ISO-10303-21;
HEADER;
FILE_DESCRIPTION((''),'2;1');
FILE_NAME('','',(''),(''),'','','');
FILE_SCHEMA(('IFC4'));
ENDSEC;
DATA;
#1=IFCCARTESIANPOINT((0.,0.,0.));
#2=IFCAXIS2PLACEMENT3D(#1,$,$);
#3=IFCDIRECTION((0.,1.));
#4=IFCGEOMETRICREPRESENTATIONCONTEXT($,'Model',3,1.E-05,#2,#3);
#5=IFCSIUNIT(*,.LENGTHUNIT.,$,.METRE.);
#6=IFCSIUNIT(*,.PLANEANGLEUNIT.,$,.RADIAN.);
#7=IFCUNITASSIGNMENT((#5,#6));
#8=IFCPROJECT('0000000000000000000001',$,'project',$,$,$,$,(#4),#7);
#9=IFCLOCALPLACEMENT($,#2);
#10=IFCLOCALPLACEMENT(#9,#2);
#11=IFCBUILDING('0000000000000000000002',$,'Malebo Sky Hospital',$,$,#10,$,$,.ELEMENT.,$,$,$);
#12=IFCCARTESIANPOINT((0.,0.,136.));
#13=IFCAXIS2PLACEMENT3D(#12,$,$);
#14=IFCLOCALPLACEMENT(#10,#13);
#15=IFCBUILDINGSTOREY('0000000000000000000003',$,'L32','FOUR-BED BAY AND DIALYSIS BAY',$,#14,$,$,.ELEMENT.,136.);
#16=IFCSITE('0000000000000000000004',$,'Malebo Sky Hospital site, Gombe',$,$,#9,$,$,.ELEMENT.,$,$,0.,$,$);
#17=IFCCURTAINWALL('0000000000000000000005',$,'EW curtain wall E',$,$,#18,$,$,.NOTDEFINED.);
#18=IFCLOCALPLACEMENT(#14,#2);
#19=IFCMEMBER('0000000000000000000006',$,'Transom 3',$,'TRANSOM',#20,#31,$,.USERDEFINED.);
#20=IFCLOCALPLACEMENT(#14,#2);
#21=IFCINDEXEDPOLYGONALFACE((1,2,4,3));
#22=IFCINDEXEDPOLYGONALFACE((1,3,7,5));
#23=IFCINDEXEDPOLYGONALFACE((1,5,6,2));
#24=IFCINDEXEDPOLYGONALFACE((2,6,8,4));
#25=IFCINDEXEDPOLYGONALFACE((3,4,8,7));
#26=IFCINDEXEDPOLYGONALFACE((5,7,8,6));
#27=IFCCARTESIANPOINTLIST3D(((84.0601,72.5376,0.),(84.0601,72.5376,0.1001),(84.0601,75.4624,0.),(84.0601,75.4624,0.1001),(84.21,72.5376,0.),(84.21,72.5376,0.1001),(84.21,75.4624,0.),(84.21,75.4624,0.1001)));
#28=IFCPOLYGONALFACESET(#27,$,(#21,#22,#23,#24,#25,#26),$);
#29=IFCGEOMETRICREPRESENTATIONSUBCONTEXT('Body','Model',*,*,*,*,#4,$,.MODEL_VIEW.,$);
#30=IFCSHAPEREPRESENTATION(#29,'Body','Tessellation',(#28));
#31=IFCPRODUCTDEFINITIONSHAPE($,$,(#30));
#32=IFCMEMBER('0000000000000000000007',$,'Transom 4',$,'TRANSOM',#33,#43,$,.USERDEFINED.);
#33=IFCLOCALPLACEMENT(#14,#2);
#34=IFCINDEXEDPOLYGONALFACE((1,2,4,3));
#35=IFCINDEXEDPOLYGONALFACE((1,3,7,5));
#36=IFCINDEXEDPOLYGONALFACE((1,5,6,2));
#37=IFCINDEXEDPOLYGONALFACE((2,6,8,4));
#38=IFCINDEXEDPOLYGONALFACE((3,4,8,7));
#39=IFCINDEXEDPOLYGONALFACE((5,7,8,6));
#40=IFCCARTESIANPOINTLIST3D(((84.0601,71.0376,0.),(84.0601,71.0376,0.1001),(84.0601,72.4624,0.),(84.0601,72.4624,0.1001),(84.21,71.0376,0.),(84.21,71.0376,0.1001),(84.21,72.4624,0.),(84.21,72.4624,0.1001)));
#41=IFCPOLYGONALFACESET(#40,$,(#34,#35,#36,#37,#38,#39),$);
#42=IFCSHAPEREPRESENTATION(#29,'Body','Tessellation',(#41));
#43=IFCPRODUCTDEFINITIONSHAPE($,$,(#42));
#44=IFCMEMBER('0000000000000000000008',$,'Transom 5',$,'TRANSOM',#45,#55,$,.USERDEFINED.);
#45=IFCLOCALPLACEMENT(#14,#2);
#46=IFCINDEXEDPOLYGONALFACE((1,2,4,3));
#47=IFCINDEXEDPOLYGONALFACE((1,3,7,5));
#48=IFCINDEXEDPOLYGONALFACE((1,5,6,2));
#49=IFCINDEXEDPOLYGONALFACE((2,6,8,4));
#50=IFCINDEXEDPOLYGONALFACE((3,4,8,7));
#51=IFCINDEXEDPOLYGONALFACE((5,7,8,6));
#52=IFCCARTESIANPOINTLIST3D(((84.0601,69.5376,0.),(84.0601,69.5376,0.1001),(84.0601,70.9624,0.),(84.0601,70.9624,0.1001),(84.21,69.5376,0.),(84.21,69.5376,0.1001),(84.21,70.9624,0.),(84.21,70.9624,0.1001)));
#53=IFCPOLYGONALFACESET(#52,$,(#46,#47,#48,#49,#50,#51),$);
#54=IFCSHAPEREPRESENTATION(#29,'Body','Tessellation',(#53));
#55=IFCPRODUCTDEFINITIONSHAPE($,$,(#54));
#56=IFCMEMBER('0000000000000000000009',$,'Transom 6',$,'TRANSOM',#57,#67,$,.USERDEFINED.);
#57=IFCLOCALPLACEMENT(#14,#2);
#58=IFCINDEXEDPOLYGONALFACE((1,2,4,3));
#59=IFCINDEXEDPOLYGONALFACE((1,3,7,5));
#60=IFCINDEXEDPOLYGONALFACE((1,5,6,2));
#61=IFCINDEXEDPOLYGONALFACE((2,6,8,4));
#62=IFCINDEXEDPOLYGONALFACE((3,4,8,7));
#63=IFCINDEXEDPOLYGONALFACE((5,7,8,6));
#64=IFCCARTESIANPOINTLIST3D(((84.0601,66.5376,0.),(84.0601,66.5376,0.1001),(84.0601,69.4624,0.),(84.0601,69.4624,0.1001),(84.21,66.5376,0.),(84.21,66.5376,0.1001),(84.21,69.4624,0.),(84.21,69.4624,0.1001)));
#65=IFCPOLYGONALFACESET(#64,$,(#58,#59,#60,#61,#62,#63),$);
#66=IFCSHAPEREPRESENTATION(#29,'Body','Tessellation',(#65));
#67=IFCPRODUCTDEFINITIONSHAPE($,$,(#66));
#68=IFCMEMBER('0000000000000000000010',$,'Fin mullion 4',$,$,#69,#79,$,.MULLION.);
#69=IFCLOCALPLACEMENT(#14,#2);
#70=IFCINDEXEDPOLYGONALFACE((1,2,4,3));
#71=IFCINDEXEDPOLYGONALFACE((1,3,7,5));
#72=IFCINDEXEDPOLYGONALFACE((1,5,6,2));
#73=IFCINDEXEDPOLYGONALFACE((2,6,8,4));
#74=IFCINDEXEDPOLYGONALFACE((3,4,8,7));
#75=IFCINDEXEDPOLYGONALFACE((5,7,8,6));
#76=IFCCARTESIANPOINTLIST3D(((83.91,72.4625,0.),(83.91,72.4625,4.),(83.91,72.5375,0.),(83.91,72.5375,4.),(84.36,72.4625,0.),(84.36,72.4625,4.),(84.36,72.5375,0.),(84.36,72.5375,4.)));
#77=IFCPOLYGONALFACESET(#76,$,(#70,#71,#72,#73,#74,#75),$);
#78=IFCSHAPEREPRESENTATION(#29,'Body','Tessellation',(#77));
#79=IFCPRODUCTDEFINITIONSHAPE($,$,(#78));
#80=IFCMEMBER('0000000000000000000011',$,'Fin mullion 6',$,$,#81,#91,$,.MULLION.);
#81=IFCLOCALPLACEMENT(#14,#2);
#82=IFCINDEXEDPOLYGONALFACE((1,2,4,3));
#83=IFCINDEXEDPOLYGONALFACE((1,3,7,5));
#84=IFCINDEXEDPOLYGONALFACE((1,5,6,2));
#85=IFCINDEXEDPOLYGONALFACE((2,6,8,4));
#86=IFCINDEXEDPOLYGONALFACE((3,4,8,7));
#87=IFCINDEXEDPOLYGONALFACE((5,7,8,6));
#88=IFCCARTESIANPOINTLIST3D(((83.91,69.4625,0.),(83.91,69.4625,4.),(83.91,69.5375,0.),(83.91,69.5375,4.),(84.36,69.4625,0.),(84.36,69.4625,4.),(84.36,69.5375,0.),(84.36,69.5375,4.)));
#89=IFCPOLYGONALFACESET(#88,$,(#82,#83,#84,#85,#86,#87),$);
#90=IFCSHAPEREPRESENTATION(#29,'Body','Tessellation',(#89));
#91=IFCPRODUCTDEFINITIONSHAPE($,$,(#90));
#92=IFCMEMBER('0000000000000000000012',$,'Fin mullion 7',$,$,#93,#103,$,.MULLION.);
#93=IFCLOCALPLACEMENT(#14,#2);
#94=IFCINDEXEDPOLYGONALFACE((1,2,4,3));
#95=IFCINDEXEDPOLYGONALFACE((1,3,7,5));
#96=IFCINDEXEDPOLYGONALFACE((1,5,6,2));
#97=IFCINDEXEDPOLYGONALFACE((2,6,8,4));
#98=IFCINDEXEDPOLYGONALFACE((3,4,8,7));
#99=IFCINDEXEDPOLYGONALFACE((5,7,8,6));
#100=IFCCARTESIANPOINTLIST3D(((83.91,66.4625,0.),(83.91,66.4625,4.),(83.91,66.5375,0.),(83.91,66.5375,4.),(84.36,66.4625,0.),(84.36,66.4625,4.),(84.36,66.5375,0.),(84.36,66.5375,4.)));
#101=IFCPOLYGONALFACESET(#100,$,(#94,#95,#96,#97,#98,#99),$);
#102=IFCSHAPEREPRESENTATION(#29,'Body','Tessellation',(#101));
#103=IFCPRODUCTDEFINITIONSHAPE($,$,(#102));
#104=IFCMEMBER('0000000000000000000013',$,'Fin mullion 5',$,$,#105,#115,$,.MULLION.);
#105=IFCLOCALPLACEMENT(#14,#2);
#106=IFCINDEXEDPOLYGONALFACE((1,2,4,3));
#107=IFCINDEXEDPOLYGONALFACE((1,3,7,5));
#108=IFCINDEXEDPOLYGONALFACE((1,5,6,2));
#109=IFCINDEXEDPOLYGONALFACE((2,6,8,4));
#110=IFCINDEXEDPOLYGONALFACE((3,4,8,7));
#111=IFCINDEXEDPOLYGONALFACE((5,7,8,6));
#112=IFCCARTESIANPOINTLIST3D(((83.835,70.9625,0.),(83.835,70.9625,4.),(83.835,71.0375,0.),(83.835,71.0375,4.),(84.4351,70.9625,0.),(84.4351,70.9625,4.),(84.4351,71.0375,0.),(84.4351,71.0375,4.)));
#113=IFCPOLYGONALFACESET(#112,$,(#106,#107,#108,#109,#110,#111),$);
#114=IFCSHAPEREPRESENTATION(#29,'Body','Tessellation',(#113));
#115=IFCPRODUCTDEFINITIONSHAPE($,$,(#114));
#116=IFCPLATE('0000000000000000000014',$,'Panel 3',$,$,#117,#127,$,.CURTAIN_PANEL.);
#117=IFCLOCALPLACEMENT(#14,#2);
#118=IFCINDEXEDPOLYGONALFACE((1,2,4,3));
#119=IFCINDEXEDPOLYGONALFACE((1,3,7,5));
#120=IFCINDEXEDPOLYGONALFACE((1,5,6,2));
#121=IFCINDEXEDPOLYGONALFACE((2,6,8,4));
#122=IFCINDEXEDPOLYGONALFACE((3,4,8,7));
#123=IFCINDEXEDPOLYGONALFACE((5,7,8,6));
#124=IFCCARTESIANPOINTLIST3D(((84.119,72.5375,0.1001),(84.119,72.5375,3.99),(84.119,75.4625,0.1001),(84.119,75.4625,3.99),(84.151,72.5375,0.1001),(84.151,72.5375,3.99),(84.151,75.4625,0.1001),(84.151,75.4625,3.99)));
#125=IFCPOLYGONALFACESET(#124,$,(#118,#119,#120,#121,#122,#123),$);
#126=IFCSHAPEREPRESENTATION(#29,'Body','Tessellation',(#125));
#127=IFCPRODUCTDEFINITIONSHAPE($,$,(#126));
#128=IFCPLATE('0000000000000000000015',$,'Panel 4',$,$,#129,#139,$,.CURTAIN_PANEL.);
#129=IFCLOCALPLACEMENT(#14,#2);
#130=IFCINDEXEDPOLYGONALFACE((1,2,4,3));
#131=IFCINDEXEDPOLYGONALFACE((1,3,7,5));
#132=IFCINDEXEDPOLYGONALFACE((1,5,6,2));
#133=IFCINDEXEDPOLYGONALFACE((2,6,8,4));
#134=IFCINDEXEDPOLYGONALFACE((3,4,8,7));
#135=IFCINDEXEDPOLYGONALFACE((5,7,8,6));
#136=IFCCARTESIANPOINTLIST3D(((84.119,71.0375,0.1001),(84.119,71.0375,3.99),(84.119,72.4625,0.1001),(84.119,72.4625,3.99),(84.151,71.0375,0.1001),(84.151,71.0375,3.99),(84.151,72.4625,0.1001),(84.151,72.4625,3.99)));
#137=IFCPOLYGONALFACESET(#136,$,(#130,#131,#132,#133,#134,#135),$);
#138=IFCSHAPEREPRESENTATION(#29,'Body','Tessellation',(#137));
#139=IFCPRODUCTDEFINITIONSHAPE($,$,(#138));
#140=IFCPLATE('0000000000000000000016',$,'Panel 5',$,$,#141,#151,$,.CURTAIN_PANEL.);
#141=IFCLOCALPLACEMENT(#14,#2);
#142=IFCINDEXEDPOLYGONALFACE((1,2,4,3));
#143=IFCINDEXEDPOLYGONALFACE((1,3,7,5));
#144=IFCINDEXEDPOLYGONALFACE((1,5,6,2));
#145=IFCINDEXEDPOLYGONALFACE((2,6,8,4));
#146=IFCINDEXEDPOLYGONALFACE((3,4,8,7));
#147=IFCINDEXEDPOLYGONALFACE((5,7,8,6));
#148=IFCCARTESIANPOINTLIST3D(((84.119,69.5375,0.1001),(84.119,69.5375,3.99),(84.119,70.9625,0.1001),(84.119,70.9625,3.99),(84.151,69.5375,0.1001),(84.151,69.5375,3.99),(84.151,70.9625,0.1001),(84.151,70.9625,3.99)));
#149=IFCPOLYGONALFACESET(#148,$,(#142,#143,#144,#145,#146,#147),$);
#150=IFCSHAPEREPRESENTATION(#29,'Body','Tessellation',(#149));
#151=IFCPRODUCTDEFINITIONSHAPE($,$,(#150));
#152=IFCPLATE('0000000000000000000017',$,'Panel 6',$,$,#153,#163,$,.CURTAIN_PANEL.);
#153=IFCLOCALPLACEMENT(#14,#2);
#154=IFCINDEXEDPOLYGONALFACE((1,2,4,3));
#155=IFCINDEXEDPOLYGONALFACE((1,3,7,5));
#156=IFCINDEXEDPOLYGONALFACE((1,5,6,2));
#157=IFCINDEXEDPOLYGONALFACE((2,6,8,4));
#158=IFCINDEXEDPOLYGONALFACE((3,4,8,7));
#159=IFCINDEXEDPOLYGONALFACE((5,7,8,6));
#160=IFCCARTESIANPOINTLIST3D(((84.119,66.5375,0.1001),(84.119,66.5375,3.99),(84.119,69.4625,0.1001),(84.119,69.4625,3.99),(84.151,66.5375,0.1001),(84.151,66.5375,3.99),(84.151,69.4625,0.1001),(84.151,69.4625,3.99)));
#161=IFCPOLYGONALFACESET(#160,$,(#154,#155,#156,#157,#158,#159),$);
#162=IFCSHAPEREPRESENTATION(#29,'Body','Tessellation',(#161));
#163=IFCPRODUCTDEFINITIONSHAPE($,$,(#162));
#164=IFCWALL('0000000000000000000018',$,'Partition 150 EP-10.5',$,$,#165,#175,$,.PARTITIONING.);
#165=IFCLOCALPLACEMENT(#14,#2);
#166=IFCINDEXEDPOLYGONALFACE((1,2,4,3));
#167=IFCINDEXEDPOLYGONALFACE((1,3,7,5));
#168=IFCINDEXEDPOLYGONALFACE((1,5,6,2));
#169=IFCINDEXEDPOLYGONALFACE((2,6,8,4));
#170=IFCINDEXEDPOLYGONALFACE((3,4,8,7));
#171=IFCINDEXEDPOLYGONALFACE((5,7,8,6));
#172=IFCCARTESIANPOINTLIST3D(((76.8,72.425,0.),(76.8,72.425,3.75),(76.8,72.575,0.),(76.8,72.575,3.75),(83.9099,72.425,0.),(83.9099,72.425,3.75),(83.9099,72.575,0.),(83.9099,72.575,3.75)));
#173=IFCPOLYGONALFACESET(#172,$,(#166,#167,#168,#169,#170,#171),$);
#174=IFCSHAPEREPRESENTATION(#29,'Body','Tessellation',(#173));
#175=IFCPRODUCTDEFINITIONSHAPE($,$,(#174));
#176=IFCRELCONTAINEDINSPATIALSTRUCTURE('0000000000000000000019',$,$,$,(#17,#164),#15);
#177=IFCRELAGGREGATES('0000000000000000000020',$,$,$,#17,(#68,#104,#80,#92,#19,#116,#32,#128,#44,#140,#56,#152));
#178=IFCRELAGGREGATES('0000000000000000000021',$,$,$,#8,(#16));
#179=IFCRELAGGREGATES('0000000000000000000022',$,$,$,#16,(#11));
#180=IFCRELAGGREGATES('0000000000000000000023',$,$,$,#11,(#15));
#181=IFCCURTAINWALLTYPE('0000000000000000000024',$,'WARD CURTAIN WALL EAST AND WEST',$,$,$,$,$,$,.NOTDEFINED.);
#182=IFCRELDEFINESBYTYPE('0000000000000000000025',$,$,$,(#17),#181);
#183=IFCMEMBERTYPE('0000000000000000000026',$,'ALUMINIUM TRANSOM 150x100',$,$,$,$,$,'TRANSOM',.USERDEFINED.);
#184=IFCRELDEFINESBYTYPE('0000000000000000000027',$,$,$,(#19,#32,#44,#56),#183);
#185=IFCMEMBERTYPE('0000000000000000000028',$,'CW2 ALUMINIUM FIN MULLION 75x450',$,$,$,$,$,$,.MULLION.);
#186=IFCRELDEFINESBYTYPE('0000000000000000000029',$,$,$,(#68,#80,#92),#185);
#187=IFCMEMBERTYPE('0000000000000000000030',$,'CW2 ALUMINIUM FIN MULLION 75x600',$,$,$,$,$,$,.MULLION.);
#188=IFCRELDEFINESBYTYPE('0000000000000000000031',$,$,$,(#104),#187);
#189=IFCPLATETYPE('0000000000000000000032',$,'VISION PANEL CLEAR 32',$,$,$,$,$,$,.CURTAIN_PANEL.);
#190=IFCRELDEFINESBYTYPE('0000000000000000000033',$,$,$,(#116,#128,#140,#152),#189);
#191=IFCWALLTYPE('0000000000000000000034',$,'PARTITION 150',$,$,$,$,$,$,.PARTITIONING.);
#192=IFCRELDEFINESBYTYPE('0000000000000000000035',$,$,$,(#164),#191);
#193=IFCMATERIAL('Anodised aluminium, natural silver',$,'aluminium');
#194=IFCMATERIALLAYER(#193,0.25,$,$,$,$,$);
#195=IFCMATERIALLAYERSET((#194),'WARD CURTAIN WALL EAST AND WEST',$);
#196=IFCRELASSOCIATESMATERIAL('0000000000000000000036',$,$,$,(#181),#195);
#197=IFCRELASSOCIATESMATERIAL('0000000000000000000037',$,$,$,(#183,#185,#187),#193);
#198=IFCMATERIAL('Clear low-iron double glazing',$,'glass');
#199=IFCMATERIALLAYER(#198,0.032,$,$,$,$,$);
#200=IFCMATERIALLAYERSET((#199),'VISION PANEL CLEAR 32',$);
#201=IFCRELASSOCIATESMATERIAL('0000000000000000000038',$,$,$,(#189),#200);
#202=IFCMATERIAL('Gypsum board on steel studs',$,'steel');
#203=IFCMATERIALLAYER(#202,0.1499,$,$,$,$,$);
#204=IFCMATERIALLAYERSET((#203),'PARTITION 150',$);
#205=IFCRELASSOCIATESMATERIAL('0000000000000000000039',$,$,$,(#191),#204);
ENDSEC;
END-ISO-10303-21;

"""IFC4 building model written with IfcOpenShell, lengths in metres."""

from ifc_helpers import new_model, si_unit, direction, frame, frame_2d, origin, origin_2d, place, context, subcontext, project, spatial, rectangle, extrude, material, layer, layer_set, material_profile, profile_set, type_object, element, aggregate, save


model = new_model("IFC4")

# Units and contexts
model_context = context("Model", 3, precision=1e-05, world=origin(), true_north=direction((0.0, 1.0)))
body_context = subcontext(model_context, "Body", "Model", "MODEL_VIEW")
ifc_project = project(units=[si_unit("LENGTHUNIT", "METRE"), si_unit("PLANEANGLEUNIT", "RADIAN")], contexts=[model_context])

# Site, building, storey
site_placement = place(None, origin())
site = spatial("IfcSite", under=ifc_project, at=site_placement, Name="Malebo Sky Hospital site, Gombe", CompositionType="ELEMENT", RefElevation=0.0)
building_placement = place(site_placement, origin())
building = spatial("IfcBuilding", under=site, at=building_placement, Name="Malebo Sky Hospital", CompositionType="ELEMENT")
storey_placement = place(building_placement, frame((0.0, 0.0, 136.0)))
storey = spatial("IfcBuildingStorey", under=building, at=storey_placement, Name="L32", Description="FOUR-BED BAY AND DIALYSIS BAY", CompositionType="ELEMENT", Elevation=136.0)

# Curtain wall, members, plates
ifc_material_1 = material(Name="Anodised aluminium, natural silver", Category="aluminium")
ifc_layer_1 = layer(ifc_material_1, 0.25)
ifc_layer_set_1 = layer_set([ifc_layer_1], Name="WARD CURTAIN WALL EAST AND WEST")
curtain_wall_type = type_object("IfcCurtainWallType", Name="WARD CURTAIN WALL EAST AND WEST", PredefinedType="NOTDEFINED", material=ifc_layer_set_1)
curtain_wall_placement = place(storey_placement, origin())
curtain_wall = element("IfcCurtainWall", 1, at=curtain_wall_placement, inside=storey, type_object=curtain_wall_type, Name="EW curtain wall E", PredefinedType="NOTDEFINED")
ifc_material_profile_1 = material_profile(ifc_material_1, rectangle(XDim=0.1499, YDim=0.1001, at=origin_2d()), Name="ALUMINIUM TRANSOM 150x100")
ifc_profile_set_1 = profile_set([ifc_material_profile_1], Name="Anodised aluminium, natural silver")
member_type_1 = type_object("IfcMemberType", Name="ALUMINIUM TRANSOM 150x100", ElementType="TRANSOM", PredefinedType="USERDEFINED", material=ifc_profile_set_1)
member_1_placement = place(storey_placement, frame((84.135, 75.4624, 0.05), z_axis=(0.0, -1.0, 0.0), x_axis=(1.0, 0.0, 0.0)))
member_1 = element("IfcMember", 2, at=member_1_placement, type_object=member_type_1, Name="Transom 3", ObjectType="TRANSOM", PredefinedType="USERDEFINED", context=body_context, shape_type="SweptSolid", body=[
    extrude(rectangle(XDim=0.1499, YDim=0.1001, at=origin_2d()), origin(), (0.0, 0.0, 1.0), 2.9248),
])
member_2_placement = place(storey_placement, frame((84.135, 72.4624, 0.05), z_axis=(0.0, -1.0, 0.0), x_axis=(1.0, 0.0, 0.0)))
member_2 = element("IfcMember", 3, at=member_2_placement, type_object=member_type_1, Name="Transom 4", ObjectType="TRANSOM", PredefinedType="USERDEFINED", context=body_context, shape_type="SweptSolid", body=[
    extrude(rectangle(XDim=0.1499, YDim=0.1001, at=origin_2d()), origin(), (0.0, 0.0, 1.0), 1.4248),
])
member_3_placement = place(storey_placement, frame((84.135, 70.9624, 0.05), z_axis=(0.0, -1.0, 0.0), x_axis=(1.0, 0.0, 0.0)))
member_3 = element("IfcMember", 4, at=member_3_placement, type_object=member_type_1, Name="Transom 5", ObjectType="TRANSOM", PredefinedType="USERDEFINED", context=body_context, shape_type="SweptSolid", body=[
    extrude(rectangle(XDim=0.1499, YDim=0.1001, at=origin_2d()), origin(), (0.0, 0.0, 1.0), 1.4248),
])
member_4_placement = place(storey_placement, frame((84.135, 69.4624, 0.05), z_axis=(0.0, -1.0, 0.0), x_axis=(1.0, 0.0, 0.0)))
member_4 = element("IfcMember", 5, at=member_4_placement, type_object=member_type_1, Name="Transom 6", ObjectType="TRANSOM", PredefinedType="USERDEFINED", context=body_context, shape_type="SweptSolid", body=[
    extrude(rectangle(XDim=0.1499, YDim=0.1001, at=origin_2d()), origin(), (0.0, 0.0, 1.0), 2.9248),
])
ifc_material_profile_2 = material_profile(ifc_material_1, rectangle(XDim=0.075, YDim=0.45, at=origin_2d()), Name="CW2 ALUMINIUM FIN MULLION 75x450")
ifc_profile_set_2 = profile_set([ifc_material_profile_2], Name="Anodised aluminium, natural silver")
member_type_2 = type_object("IfcMemberType", Name="CW2 ALUMINIUM FIN MULLION 75x450", PredefinedType="MULLION", material=ifc_profile_set_2)
member_5_placement = place(storey_placement, frame((84.135, 72.5, 0.0), z_axis=(0.0, 0.0, 1.0), x_axis=(0.0, -1.0, 0.0)))
member_5 = element("IfcMember", 6, at=member_5_placement, type_object=member_type_2, Name="Fin mullion 4", PredefinedType="MULLION", context=body_context, shape_type="SweptSolid", body=[
    extrude(rectangle(XDim=0.075, YDim=0.45, at=origin_2d()), origin(), (0.0, 0.0, 1.0), 4.0),
])
member_6_placement = place(storey_placement, frame((84.135, 69.5, 0.0), z_axis=(0.0, 0.0, 1.0), x_axis=(0.0, -1.0, 0.0)))
member_6 = element("IfcMember", 7, at=member_6_placement, type_object=member_type_2, Name="Fin mullion 6", PredefinedType="MULLION", context=body_context, shape_type="SweptSolid", body=[
    extrude(rectangle(XDim=0.075, YDim=0.45, at=origin_2d()), origin(), (0.0, 0.0, 1.0), 4.0),
])
member_7_placement = place(storey_placement, frame((84.135, 66.5, 0.0), z_axis=(0.0, 0.0, 1.0), x_axis=(0.0, -1.0, 0.0)))
member_7 = element("IfcMember", 8, at=member_7_placement, type_object=member_type_2, Name="Fin mullion 7", PredefinedType="MULLION", context=body_context, shape_type="SweptSolid", body=[
    extrude(rectangle(XDim=0.075, YDim=0.45, at=origin_2d()), origin(), (0.0, 0.0, 1.0), 4.0),
])
ifc_material_profile_3 = material_profile(ifc_material_1, rectangle(XDim=0.075, YDim=0.6001, at=origin_2d()), Name="CW2 ALUMINIUM FIN MULLION 75x600")
ifc_profile_set_3 = profile_set([ifc_material_profile_3], Name="Anodised aluminium, natural silver")
member_type_3 = type_object("IfcMemberType", Name="CW2 ALUMINIUM FIN MULLION 75x600", PredefinedType="MULLION", material=ifc_profile_set_3)
member_8_placement = place(storey_placement, frame((84.135, 71.0, 0.0), z_axis=(0.0, 0.0, 1.0), x_axis=(0.0, -1.0, 0.0)))
member_8 = element("IfcMember", 9, at=member_8_placement, type_object=member_type_3, Name="Fin mullion 5", PredefinedType="MULLION", context=body_context, shape_type="SweptSolid", body=[
    extrude(rectangle(XDim=0.075, YDim=0.6001, at=origin_2d()), origin(), (0.0, 0.0, 1.0), 4.0),
])
ifc_material_2 = material(Name="Clear low-iron double glazing", Category="glass")
ifc_layer_2 = layer(ifc_material_2, 0.032)
ifc_layer_set_2 = layer_set([ifc_layer_2], Name="VISION PANEL CLEAR 32")
plate_type = type_object("IfcPlateType", Name="VISION PANEL CLEAR 32", PredefinedType="CURTAIN_PANEL", material=ifc_layer_set_2)
plate_1_placement = place(storey_placement, frame((84.135, 74.0, 0.1001), z_axis=(0.0, 0.0, 1.0), x_axis=(0.0, -1.0, 0.0)))
plate_1 = element("IfcPlate", 10, at=plate_1_placement, type_object=plate_type, Name="Panel 3", PredefinedType="CURTAIN_PANEL", context=body_context, shape_type="SweptSolid", body=[
    extrude(rectangle(XDim=2.925, YDim=0.032, at=origin_2d()), origin(), (0.0, 0.0, 1.0), 3.8899),
])
plate_2_placement = place(storey_placement, frame((84.135, 71.75, 0.1001), z_axis=(0.0, 0.0, 1.0), x_axis=(0.0, -1.0, 0.0)))
plate_2 = element("IfcPlate", 11, at=plate_2_placement, type_object=plate_type, Name="Panel 4", PredefinedType="CURTAIN_PANEL", context=body_context, shape_type="SweptSolid", body=[
    extrude(rectangle(XDim=1.425, YDim=0.032, at=origin_2d()), origin(), (0.0, 0.0, 1.0), 3.8899),
])
plate_3_placement = place(storey_placement, frame((84.135, 70.25, 0.1001), z_axis=(0.0, 0.0, 1.0), x_axis=(0.0, -1.0, 0.0)))
plate_3 = element("IfcPlate", 12, at=plate_3_placement, type_object=plate_type, Name="Panel 5", PredefinedType="CURTAIN_PANEL", context=body_context, shape_type="SweptSolid", body=[
    extrude(rectangle(XDim=1.425, YDim=0.032, at=origin_2d()), origin(), (0.0, 0.0, 1.0), 3.8899),
])
plate_4_placement = place(storey_placement, frame((84.135, 68.0, 0.1001), z_axis=(0.0, 0.0, 1.0), x_axis=(0.0, -1.0, 0.0)))
plate_4 = element("IfcPlate", 13, at=plate_4_placement, type_object=plate_type, Name="Panel 6", PredefinedType="CURTAIN_PANEL", context=body_context, shape_type="SweptSolid", body=[
    extrude(rectangle(XDim=2.925, YDim=0.032, at=origin_2d()), origin(), (0.0, 0.0, 1.0), 3.8899),
])
aggregate(curtain_wall, [member_5, member_8, member_6, member_7, member_1, plate_1, member_2, plate_2, member_3, plate_3, member_4, plate_4])

# Wall
ifc_material_3 = material(Name="Gypsum board on steel studs", Category="steel")
ifc_layer_3 = layer(ifc_material_3, 0.1499)
ifc_layer_set_3 = layer_set([ifc_layer_3], Name="PARTITION 150")
wall_type = type_object("IfcWallType", Name="PARTITION 150", PredefinedType="PARTITIONING", material=ifc_layer_set_3)
wall_1_placement = place(storey_placement, frame((76.8, 72.5, 0.0), z_axis=(0.0, 0.0, 1.0), x_axis=(1.0, 0.0, 0.0)))
element("IfcWall", 14, at=wall_1_placement, inside=storey, type_object=wall_type, Name="Partition 150 EP-10.5", PredefinedType="PARTITIONING", context=body_context, shape_type="SweptSolid", body=[
    extrude(rectangle(XDim=7.1099, YDim=0.1499, at=frame_2d((3.5549, 0.0))), origin(), (0.0, 0.0, 1.0), 3.75),
])

save(model, "model.ifc")
